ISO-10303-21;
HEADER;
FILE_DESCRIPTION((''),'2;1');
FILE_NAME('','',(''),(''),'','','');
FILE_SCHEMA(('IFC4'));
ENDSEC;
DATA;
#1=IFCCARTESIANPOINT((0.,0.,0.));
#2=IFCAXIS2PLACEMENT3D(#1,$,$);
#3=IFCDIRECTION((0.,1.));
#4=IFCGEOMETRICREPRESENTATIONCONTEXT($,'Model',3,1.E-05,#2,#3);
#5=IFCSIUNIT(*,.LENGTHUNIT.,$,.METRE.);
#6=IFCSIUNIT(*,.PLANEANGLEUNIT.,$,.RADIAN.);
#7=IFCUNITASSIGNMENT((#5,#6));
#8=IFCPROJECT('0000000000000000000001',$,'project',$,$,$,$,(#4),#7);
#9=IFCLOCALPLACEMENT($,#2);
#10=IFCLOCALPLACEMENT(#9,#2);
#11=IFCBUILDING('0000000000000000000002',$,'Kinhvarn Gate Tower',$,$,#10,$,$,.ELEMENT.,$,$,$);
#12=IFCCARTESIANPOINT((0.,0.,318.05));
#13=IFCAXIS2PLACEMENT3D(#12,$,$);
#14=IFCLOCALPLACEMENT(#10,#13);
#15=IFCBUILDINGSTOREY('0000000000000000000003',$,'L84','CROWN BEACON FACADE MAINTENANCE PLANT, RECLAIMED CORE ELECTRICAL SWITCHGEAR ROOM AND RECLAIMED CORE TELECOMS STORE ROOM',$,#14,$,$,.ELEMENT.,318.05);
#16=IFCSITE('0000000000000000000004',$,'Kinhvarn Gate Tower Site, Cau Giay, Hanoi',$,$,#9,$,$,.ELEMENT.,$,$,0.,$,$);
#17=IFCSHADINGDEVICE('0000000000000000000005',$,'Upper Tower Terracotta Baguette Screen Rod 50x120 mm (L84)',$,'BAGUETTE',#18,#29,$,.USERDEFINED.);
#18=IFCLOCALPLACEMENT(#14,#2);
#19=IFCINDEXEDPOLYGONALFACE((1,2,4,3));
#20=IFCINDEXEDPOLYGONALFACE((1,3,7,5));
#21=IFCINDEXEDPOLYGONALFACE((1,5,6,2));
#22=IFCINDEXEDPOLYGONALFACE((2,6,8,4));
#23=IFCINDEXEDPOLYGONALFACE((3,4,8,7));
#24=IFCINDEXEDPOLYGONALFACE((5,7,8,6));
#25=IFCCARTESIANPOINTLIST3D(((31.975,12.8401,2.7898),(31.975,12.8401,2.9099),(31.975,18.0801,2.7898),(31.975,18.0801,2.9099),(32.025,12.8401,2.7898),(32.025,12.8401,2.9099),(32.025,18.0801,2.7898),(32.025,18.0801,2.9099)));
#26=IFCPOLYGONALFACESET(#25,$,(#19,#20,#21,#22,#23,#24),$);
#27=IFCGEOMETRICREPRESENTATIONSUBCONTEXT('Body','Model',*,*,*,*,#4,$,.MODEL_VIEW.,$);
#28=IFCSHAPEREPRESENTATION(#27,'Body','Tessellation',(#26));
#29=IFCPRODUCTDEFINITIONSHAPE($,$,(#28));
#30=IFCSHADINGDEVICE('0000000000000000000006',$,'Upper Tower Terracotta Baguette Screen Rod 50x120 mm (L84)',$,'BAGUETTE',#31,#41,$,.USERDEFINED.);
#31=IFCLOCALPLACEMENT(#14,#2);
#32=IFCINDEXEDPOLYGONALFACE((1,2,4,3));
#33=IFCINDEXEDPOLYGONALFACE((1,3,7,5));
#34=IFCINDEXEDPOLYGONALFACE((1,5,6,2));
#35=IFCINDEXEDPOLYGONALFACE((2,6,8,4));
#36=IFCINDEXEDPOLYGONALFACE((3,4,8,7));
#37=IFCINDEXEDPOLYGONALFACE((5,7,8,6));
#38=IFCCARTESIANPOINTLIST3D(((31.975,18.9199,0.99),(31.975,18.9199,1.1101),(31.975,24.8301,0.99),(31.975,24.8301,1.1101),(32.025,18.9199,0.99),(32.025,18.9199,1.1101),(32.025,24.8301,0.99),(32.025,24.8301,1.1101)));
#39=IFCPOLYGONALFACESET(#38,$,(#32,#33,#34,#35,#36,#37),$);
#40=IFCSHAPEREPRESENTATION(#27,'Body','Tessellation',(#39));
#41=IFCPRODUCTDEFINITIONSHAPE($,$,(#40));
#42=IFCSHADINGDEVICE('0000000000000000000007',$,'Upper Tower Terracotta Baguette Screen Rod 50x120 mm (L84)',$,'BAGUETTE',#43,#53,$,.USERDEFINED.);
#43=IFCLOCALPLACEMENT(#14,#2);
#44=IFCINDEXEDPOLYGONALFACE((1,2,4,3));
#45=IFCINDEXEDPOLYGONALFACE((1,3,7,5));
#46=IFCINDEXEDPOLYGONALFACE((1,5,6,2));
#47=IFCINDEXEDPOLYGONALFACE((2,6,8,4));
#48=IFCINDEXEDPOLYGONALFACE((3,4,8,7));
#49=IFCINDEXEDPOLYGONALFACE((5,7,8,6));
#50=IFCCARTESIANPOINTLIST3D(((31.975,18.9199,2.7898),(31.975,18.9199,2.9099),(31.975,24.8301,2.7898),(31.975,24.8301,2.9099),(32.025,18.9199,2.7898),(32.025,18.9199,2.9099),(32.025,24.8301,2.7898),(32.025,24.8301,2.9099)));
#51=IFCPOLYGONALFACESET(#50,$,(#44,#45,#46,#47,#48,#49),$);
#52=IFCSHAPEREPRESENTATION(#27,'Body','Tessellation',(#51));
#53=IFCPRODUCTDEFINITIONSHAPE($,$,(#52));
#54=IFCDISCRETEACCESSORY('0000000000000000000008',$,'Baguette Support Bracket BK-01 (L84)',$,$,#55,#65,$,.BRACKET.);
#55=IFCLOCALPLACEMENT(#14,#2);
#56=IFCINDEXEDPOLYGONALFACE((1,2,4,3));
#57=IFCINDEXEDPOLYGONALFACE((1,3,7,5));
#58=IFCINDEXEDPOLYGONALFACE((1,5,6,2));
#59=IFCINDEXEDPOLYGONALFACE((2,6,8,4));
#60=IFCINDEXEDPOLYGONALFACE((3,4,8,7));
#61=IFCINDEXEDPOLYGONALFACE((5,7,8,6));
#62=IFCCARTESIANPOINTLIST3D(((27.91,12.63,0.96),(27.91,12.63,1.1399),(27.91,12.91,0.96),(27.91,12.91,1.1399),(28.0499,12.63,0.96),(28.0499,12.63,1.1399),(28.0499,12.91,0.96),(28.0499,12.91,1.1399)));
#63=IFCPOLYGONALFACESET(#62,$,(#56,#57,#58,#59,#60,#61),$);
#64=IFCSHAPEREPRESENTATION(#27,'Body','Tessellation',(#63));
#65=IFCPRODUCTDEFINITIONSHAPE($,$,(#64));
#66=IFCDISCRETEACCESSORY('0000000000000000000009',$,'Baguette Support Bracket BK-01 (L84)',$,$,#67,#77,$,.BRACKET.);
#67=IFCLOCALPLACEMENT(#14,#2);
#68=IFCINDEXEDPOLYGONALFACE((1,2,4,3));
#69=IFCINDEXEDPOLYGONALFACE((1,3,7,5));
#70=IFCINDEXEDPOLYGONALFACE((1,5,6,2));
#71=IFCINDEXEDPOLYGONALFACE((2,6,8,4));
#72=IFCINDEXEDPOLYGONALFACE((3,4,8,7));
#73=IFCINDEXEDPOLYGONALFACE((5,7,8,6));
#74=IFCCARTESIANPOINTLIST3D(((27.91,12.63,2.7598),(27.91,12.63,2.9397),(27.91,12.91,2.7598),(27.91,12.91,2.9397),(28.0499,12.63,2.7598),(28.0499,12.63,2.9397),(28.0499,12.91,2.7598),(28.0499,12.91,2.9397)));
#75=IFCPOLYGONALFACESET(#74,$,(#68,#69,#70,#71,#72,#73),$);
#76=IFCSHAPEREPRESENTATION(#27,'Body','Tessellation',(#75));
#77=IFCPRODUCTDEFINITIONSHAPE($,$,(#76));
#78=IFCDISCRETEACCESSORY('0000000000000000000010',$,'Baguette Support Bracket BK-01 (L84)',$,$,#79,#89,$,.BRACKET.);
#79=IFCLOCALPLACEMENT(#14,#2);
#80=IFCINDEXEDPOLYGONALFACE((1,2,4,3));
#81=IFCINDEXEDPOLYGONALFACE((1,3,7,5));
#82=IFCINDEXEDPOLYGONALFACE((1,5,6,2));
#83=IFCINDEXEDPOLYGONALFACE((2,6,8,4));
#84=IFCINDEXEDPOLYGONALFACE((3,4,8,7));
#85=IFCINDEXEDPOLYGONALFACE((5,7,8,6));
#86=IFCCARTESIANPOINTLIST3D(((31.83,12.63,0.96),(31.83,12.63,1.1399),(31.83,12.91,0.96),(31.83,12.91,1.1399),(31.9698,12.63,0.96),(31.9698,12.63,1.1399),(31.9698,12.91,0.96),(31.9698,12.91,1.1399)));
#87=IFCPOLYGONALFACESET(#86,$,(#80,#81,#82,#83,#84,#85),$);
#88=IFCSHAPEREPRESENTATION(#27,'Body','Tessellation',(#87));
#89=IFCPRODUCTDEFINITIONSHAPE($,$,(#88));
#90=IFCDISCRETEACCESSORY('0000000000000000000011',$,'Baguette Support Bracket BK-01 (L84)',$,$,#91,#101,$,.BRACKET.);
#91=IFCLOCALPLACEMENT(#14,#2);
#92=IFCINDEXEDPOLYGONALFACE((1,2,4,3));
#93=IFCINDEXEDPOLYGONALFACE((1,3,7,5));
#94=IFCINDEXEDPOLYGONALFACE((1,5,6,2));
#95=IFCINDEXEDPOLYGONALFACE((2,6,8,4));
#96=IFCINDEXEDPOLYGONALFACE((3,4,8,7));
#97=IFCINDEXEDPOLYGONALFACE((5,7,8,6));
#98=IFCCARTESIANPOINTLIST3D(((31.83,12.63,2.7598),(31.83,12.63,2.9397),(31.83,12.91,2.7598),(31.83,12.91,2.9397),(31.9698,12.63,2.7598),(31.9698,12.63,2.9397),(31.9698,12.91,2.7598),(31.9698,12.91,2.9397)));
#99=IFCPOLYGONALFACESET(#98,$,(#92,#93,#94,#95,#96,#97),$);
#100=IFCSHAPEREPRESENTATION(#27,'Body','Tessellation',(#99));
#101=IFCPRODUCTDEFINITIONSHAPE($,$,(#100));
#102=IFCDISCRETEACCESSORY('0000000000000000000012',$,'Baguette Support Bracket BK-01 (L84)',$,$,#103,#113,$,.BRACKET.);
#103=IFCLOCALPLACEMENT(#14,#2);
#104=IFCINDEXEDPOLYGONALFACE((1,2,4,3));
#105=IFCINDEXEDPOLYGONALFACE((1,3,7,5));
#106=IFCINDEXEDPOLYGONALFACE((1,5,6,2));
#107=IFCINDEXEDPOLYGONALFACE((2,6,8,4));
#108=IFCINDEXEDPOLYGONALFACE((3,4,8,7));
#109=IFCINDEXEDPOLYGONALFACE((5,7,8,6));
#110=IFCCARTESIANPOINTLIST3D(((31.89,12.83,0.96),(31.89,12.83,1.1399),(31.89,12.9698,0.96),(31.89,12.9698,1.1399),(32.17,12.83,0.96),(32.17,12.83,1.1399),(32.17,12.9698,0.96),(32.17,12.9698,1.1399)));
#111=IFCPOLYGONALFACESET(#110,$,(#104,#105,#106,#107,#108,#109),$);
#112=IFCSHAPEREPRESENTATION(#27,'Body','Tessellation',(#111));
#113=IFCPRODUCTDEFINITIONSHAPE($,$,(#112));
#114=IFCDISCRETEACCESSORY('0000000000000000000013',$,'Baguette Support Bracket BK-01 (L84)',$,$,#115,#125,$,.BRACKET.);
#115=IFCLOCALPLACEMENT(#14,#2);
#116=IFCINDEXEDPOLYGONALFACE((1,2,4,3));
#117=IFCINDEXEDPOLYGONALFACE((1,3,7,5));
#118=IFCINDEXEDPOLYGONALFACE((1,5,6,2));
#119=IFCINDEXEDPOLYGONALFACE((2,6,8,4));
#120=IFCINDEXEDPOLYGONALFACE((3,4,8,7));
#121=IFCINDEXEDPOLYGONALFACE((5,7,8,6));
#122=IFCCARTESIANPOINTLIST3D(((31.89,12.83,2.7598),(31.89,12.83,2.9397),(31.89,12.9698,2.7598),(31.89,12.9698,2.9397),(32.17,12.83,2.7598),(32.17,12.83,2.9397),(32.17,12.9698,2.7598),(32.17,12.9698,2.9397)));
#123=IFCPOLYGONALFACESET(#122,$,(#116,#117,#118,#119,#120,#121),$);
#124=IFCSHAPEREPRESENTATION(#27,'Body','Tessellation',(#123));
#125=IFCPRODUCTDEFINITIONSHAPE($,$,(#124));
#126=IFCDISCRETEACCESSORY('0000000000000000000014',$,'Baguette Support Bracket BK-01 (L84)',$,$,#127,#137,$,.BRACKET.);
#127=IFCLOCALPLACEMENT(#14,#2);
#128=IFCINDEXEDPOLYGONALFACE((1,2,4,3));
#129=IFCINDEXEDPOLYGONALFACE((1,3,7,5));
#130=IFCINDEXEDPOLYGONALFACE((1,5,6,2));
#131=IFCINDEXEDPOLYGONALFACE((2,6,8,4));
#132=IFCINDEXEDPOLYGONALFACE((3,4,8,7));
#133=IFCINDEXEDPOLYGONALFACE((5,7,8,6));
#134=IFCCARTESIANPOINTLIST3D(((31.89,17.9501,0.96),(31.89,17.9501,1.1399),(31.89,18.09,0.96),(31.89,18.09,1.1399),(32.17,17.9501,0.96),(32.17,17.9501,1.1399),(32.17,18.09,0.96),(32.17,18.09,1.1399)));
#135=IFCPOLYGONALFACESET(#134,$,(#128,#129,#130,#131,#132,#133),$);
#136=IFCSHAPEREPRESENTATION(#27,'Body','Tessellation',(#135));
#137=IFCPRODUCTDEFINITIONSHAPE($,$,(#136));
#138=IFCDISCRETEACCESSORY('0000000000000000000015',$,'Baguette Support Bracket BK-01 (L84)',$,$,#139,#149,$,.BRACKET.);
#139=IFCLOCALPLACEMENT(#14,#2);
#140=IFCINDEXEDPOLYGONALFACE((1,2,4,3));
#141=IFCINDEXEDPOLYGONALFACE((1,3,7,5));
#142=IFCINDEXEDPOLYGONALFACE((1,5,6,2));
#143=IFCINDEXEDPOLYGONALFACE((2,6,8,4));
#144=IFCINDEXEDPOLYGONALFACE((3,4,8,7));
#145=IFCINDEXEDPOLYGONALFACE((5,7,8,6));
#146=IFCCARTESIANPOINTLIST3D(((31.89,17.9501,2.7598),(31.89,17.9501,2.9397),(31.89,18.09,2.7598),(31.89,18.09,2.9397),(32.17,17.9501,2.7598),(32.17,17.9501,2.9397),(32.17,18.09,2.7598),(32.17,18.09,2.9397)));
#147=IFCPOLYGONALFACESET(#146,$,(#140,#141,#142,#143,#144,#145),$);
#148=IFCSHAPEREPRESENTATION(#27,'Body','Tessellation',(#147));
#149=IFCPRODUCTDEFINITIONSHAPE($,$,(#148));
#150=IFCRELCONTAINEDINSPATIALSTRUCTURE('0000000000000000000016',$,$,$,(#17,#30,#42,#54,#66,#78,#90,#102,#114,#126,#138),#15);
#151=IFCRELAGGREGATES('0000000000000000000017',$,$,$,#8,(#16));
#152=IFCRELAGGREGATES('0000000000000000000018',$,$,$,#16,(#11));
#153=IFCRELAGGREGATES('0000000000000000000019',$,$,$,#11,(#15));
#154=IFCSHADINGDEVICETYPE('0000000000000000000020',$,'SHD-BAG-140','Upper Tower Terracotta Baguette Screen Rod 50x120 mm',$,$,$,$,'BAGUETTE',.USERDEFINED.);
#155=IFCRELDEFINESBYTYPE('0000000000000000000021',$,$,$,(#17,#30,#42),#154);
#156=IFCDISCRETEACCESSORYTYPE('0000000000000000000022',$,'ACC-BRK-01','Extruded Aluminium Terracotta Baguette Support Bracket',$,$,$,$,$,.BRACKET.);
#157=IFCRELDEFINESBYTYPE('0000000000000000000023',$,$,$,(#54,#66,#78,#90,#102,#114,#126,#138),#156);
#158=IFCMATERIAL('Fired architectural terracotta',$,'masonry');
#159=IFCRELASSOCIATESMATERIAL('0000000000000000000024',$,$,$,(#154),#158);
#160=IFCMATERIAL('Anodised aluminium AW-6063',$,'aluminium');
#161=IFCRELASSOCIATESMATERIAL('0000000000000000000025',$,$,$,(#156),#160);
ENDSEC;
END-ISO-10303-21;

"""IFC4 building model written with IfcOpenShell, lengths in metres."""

from ifc_helpers import new_model, si_unit, direction, frame, origin, origin_2d, place, context, subcontext, project, spatial, rectangle, extrude, material, material_profile, profile_set, type_object, element, save


model = new_model("IFC4")

# Units and contexts
model_context = context("Model", 3, precision=1e-05, world=origin(), true_north=direction((0.0, 1.0)))
body_context = subcontext(model_context, "Body", "Model", "MODEL_VIEW")
ifc_project = project(units=[si_unit("LENGTHUNIT", "METRE"), si_unit("PLANEANGLEUNIT", "RADIAN")], contexts=[model_context])

# Site, building, storey
site_placement = place(None, origin())
site = spatial("IfcSite", under=ifc_project, at=site_placement, Name="Kinhvarn Gate Tower Site, Cau Giay, Hanoi", CompositionType="ELEMENT", RefElevation=0.0)
building_placement = place(site_placement, origin())
building = spatial("IfcBuilding", under=site, at=building_placement, Name="Kinhvarn Gate Tower", CompositionType="ELEMENT")
storey_placement = place(building_placement, frame((0.0, 0.0, 318.05)))
storey = spatial("IfcBuildingStorey", under=building, at=storey_placement, Name="L84", Description="CROWN BEACON FACADE MAINTENANCE PLANT, RECLAIMED CORE ELECTRICAL SWITCHGEAR ROOM AND RECLAIMED CORE TELECOMS STORE ROOM", CompositionType="ELEMENT", Elevation=318.05)

# Shared definitions
ifc_material_1 = material(Name="Anodised aluminium AW-6063", Category="aluminium")

# Shared definitions
ifc_material_2 = material(Name="Fired architectural terracotta", Category="masonry")

# Shading devices
ifc_material_profile_1 = material_profile(ifc_material_2, rectangle(XDim=0.05, YDim=0.1201, at=origin_2d()), Name="TC 50x120")
ifc_profile_set_1 = profile_set([ifc_material_profile_1], Name="Fired architectural terracotta")
shading_device_type = type_object("IfcShadingDeviceType", Name="SHD-BAG-140", Description="Upper Tower Terracotta Baguette Screen Rod 50x120 mm", ElementType="BAGUETTE", PredefinedType="USERDEFINED", material=ifc_profile_set_1)
for number, where, z_axis, x_axis, name in (
    (1, (32.0, 12.8401, 2.8499), (0.0, 1.0, 0.0), (-1.0, 0.0, 0.0), "Upper Tower Terracotta Baguette Screen Rod 50x120 mm (L84)"),
):
    element("IfcShadingDevice", number, at=place(storey_placement, frame(where, z_axis=z_axis, x_axis=x_axis)), inside=storey, type_object=shading_device_type, Name=name, ObjectType="BAGUETTE", PredefinedType="USERDEFINED", context=body_context, shape_type="SweptSolid", body=[
        extrude(rectangle(XDim=0.05, YDim=0.1201, at=origin_2d()), origin(), (0.0, 0.0, 1.0), 5.24),
    ])
for number, where, z_axis, x_axis, name in (
    (2, (32.0, 18.9199, 1.05), (0.0, 1.0, 0.0), (-1.0, 0.0, 0.0), "Upper Tower Terracotta Baguette Screen Rod 50x120 mm (L84)"),
    (3, (32.0, 18.9199, 2.8499), (0.0, 1.0, 0.0), (-1.0, 0.0, 0.0), "Upper Tower Terracotta Baguette Screen Rod 50x120 mm (L84)"),
):
    element("IfcShadingDevice", number, at=place(storey_placement, frame(where, z_axis=z_axis, x_axis=x_axis)), inside=storey, type_object=shading_device_type, Name=name, ObjectType="BAGUETTE", PredefinedType="USERDEFINED", context=body_context, shape_type="SweptSolid", body=[
        extrude(rectangle(XDim=0.05, YDim=0.1201, at=origin_2d()), origin(), (0.0, 0.0, 1.0), 5.9102),
    ])

# Discrete accessories
discrete_accessory_type = type_object("IfcDiscreteAccessoryType", Name="ACC-BRK-01", Description="Extruded Aluminium Terracotta Baguette Support Bracket", PredefinedType="BRACKET", material=ifc_material_1)
for number, where, z_axis, x_axis, name in (
    (4, (27.98, 12.77, 0.96), (0.0, 0.0, 1.0), (1.0, 0.0, 0.0), "Baguette Support Bracket BK-01 (L84)"),
    (5, (27.98, 12.77, 2.7598), (0.0, 0.0, 1.0), (1.0, 0.0, 0.0), "Baguette Support Bracket BK-01 (L84)"),
    (6, (31.8999, 12.77, 0.96), (0.0, 0.0, 1.0), (1.0, 0.0, 0.0), "Baguette Support Bracket BK-01 (L84)"),
    (7, (31.8999, 12.77, 2.7598), (0.0, 0.0, 1.0), (1.0, 0.0, 0.0), "Baguette Support Bracket BK-01 (L84)"),
    (8, (32.03, 12.8999, 0.96), (0.0, 0.0, 1.0), (0.0, 1.0, 0.0), "Baguette Support Bracket BK-01 (L84)"),
    (9, (32.03, 12.8999, 2.7598), (0.0, 0.0, 1.0), (0.0, 1.0, 0.0), "Baguette Support Bracket BK-01 (L84)"),
    (10, (32.03, 18.02, 0.96), (0.0, 0.0, 1.0), (0.0, 1.0, 0.0), "Baguette Support Bracket BK-01 (L84)"),
    (11, (32.03, 18.02, 2.7598), (0.0, 0.0, 1.0), (0.0, 1.0, 0.0), "Baguette Support Bracket BK-01 (L84)"),
):
    element("IfcDiscreteAccessory", number, at=place(storey_placement, frame(where, z_axis=z_axis, x_axis=x_axis)), inside=storey, type_object=discrete_accessory_type, Name=name, PredefinedType="BRACKET", context=body_context, shape_type="SweptSolid", body=[
        extrude(rectangle(XDim=0.1399, YDim=0.28, at=origin_2d()), origin(), (0.0, 0.0, 1.0), 0.1799),
    ])

save(model, "model.ifc")
